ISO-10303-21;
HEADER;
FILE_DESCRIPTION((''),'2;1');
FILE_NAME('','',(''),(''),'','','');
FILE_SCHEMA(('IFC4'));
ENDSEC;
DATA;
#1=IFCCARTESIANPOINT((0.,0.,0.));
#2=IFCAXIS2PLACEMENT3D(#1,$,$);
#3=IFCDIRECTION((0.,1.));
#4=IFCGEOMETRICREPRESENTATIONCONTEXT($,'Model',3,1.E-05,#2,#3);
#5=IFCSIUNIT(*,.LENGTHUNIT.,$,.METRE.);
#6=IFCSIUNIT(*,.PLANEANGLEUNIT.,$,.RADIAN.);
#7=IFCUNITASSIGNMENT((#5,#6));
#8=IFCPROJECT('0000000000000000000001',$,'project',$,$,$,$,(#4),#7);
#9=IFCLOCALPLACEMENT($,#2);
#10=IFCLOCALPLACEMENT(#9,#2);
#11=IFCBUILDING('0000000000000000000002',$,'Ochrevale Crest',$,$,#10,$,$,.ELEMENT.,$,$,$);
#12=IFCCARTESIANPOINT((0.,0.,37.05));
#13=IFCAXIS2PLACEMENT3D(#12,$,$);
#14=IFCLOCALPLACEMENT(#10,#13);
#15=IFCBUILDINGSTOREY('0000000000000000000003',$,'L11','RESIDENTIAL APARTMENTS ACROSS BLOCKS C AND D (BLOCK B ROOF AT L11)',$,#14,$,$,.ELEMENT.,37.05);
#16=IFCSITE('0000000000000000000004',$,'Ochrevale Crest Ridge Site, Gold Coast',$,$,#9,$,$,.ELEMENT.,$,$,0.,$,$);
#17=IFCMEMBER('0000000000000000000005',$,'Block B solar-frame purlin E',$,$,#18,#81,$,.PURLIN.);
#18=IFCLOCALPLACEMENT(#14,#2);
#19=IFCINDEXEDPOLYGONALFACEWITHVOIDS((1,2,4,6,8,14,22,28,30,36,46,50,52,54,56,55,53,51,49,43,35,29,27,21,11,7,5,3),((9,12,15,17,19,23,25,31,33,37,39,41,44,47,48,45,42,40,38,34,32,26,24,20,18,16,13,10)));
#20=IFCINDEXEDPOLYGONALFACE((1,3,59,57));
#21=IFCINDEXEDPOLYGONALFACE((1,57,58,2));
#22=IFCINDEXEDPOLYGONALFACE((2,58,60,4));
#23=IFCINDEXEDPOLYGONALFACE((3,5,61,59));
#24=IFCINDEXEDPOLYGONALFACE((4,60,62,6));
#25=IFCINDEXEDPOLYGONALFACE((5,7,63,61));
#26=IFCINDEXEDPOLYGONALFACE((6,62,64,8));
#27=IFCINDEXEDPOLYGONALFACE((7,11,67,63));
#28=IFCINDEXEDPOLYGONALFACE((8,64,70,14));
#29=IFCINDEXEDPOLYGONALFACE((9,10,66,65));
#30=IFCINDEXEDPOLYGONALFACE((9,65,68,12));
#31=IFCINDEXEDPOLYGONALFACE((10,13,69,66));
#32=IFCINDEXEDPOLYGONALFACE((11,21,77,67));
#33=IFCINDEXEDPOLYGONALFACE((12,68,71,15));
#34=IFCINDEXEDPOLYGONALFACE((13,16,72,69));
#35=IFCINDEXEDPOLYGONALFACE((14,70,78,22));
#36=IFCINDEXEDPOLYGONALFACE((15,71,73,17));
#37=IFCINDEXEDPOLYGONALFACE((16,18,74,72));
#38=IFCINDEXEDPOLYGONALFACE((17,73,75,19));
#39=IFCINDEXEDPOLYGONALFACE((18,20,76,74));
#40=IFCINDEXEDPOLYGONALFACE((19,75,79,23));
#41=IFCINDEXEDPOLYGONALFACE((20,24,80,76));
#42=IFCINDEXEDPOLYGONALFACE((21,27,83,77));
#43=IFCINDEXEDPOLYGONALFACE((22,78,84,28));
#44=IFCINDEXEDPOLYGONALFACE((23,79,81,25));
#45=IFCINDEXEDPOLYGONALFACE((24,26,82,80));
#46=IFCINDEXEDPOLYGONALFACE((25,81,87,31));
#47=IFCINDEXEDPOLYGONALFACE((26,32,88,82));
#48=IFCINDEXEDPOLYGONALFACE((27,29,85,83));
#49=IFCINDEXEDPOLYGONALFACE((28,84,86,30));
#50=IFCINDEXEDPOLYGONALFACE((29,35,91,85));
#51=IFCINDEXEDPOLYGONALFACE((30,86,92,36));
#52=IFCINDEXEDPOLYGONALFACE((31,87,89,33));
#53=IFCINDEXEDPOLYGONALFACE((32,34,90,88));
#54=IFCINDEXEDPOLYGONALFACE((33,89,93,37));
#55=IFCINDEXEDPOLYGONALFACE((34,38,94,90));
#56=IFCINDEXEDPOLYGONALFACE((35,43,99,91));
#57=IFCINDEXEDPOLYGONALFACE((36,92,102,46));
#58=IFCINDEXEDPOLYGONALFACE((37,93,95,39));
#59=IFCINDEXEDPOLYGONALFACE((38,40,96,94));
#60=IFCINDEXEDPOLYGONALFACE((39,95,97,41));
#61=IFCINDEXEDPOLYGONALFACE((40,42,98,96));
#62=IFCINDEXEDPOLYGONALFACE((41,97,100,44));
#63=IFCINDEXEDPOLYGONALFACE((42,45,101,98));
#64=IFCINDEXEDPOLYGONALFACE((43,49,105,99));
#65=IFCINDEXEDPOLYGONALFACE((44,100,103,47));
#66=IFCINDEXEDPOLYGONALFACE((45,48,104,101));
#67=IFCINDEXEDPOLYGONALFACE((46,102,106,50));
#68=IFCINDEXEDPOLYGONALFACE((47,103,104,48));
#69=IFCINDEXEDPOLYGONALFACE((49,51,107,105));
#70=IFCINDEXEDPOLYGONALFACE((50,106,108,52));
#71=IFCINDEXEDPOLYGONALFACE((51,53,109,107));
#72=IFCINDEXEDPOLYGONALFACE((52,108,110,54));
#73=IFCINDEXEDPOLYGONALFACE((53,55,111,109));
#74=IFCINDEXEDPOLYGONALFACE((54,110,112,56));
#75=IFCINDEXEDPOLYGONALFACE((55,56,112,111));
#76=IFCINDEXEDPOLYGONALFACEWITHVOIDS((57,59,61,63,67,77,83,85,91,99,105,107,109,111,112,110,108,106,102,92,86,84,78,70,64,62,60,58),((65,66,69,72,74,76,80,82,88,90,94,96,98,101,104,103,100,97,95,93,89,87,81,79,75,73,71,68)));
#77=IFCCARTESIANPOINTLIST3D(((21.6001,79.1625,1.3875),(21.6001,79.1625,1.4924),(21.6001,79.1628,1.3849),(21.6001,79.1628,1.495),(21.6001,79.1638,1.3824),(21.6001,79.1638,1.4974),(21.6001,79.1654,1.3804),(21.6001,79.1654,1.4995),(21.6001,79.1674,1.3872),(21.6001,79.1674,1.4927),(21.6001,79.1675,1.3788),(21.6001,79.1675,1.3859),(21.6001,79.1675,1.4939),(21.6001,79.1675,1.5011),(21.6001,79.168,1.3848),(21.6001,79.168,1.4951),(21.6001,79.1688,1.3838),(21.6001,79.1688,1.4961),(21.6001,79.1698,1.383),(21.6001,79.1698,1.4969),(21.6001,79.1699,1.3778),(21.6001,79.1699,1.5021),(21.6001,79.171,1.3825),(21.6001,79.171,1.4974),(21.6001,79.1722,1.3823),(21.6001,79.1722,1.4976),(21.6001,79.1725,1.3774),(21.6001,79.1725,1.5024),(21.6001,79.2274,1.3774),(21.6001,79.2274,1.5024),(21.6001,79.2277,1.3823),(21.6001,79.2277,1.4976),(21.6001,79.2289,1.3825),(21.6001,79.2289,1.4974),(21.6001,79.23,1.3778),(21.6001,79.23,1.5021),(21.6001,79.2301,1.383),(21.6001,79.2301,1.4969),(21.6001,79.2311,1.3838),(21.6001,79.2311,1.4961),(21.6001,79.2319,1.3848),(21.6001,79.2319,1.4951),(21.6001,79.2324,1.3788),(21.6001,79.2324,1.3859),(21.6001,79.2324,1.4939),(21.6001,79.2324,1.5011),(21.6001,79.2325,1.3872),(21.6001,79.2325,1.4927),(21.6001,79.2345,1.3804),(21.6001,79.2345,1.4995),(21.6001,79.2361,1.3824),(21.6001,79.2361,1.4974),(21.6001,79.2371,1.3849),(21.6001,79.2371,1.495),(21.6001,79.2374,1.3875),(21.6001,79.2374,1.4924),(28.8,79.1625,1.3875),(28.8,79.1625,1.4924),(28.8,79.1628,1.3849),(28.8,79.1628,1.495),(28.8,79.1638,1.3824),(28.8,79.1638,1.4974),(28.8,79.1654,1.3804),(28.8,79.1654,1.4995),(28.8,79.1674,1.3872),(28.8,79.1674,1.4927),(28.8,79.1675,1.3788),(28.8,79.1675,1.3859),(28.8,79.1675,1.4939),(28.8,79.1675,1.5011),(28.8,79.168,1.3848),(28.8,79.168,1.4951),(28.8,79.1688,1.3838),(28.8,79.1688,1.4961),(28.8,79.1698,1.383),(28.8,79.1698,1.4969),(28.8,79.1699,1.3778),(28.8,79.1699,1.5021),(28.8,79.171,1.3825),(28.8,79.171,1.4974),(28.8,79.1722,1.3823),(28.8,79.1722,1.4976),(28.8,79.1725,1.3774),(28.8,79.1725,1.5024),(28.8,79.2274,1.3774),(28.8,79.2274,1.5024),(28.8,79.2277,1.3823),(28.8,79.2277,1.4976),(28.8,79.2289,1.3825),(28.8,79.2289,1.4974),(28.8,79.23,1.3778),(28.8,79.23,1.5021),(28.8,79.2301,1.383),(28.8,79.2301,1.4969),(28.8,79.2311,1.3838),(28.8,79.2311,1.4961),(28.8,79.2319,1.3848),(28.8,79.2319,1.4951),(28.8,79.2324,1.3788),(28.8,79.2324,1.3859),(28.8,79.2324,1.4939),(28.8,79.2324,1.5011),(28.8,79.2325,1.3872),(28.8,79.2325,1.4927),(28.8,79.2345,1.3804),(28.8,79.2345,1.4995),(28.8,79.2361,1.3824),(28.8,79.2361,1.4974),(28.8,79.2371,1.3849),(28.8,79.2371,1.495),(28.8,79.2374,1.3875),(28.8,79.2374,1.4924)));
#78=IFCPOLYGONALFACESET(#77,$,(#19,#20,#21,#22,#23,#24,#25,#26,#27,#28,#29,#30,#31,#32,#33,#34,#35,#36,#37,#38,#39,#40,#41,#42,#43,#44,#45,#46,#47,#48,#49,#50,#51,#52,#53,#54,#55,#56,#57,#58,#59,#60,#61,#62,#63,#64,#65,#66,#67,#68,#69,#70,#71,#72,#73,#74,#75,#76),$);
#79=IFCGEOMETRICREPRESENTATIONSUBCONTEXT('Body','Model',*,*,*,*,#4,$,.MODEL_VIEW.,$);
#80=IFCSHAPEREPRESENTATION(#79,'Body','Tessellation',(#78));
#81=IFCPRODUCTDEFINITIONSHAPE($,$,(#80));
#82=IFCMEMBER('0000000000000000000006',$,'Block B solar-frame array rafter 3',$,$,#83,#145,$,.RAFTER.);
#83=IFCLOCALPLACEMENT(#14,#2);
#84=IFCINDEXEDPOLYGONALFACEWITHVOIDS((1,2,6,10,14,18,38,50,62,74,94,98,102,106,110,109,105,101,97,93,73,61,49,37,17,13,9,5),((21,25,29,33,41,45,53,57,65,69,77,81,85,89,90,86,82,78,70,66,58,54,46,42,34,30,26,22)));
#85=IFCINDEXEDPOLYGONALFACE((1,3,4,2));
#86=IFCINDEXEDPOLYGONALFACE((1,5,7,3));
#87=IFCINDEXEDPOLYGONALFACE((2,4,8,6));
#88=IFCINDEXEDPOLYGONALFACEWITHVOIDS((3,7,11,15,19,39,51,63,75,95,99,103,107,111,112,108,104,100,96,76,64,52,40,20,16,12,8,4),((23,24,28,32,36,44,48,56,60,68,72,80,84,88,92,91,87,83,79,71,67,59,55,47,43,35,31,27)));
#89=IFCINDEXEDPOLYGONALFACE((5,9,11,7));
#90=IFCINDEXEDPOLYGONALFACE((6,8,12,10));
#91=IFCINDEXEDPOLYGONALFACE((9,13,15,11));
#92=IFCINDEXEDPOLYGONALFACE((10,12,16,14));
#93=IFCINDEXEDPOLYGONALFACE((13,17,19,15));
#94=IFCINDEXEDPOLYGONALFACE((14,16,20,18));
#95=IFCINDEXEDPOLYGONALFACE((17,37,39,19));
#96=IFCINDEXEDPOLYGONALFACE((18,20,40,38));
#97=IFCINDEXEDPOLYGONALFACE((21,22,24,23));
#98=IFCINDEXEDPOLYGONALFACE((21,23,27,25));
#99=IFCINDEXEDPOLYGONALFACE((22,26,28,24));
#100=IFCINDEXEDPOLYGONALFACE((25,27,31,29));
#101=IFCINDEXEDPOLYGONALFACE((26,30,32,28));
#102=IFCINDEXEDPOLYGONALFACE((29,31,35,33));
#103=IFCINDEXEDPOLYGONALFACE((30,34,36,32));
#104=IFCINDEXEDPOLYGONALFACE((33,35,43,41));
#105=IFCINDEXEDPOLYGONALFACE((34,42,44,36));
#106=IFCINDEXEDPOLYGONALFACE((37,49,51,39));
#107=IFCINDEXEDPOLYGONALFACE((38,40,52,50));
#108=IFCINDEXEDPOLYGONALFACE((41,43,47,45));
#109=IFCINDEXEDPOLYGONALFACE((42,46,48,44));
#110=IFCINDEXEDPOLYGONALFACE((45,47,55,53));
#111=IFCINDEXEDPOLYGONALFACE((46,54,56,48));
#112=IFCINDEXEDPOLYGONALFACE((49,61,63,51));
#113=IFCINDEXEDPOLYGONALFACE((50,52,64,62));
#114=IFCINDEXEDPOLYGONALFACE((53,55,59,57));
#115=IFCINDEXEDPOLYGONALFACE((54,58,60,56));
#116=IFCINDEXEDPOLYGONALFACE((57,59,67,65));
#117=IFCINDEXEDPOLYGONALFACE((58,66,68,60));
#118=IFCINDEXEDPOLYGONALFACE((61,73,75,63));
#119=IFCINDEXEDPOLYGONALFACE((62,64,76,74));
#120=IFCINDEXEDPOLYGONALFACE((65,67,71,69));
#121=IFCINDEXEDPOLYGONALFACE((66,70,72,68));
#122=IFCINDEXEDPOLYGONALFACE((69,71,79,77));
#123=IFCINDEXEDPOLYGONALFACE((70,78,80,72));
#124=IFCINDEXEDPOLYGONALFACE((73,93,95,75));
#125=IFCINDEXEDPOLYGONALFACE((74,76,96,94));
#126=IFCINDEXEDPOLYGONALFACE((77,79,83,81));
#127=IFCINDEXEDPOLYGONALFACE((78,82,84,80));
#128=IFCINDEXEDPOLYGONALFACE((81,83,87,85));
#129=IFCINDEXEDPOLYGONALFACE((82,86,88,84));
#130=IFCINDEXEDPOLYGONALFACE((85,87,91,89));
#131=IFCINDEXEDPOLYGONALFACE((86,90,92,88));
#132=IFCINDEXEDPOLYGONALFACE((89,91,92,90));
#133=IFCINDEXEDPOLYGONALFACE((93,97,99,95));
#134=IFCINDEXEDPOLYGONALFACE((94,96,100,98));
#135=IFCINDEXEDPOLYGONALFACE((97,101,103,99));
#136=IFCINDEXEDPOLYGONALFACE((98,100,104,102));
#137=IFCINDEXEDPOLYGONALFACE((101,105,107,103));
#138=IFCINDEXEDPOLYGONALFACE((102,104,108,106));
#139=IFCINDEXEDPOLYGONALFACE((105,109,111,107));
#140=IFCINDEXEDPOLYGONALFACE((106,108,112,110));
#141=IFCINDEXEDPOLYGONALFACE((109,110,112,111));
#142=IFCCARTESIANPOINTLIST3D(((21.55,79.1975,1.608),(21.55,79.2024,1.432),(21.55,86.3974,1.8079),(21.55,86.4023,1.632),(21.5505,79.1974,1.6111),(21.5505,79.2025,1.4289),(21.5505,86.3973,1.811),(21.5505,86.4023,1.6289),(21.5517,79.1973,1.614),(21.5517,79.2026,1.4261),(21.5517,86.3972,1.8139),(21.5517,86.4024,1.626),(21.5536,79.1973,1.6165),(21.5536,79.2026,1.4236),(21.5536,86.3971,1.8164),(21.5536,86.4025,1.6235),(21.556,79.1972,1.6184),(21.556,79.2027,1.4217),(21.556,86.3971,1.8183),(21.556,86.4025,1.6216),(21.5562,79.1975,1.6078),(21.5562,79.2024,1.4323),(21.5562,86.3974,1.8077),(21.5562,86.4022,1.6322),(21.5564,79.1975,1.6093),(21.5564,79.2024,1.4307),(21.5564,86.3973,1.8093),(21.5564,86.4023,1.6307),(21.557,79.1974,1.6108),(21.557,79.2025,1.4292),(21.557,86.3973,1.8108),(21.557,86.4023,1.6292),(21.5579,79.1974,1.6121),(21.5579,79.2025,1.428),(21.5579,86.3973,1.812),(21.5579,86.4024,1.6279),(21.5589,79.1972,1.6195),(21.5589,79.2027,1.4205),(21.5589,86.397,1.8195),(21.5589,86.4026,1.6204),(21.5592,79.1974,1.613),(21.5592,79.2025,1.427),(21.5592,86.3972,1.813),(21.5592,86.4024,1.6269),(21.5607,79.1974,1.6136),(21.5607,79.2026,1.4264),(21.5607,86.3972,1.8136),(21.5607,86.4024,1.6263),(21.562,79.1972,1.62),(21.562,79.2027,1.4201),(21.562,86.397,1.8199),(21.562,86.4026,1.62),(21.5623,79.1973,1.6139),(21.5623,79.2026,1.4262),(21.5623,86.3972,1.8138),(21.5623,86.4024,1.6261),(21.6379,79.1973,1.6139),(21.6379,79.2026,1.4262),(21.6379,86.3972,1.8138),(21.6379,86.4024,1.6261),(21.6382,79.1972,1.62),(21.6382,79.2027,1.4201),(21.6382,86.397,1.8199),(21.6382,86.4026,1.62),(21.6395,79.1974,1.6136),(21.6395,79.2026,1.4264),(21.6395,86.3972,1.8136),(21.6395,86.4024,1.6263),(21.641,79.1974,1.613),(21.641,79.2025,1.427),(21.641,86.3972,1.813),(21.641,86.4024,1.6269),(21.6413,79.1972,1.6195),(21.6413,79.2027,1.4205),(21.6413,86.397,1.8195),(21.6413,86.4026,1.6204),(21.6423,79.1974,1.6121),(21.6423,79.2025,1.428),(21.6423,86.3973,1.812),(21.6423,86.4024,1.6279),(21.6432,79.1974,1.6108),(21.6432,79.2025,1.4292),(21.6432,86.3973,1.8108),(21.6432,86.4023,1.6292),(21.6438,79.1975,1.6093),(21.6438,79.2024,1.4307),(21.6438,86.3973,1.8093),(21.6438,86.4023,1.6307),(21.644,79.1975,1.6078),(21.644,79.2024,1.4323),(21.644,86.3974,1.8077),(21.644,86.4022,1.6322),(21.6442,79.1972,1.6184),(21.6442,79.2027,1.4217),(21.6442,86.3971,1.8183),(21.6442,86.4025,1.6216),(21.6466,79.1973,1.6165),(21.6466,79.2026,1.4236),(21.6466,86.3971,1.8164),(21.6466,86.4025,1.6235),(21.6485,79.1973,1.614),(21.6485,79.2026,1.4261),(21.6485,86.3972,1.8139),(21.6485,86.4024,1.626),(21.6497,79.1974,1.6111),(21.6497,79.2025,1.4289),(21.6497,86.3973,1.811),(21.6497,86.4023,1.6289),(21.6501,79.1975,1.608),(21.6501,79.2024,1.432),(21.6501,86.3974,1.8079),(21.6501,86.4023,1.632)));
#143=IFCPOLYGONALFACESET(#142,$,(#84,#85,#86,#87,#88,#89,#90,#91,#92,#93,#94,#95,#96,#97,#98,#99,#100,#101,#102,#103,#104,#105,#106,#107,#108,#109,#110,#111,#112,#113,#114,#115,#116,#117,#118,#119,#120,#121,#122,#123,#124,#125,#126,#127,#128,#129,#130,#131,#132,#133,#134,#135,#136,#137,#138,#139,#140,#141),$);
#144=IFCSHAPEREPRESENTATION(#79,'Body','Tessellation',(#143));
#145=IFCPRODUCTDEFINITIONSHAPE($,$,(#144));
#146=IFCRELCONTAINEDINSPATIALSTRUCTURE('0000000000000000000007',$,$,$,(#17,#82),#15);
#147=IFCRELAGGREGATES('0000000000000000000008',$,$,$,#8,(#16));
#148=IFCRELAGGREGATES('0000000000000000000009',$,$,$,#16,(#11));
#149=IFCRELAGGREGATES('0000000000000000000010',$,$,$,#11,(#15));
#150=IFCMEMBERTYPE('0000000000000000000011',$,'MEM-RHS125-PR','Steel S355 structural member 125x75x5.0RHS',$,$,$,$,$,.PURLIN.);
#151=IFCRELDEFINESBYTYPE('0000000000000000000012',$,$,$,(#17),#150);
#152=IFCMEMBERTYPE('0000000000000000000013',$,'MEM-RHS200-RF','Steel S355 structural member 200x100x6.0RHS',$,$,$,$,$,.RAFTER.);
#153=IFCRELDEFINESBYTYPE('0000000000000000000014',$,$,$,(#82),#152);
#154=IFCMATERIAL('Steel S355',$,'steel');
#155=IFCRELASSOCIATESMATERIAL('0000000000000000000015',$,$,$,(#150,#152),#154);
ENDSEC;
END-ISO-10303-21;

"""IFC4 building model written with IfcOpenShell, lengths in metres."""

from ifc_helpers import new_model, si_unit, direction, frame, origin, origin_2d, place, context, subcontext, project, spatial, hollow_rectangle, extrude, material, material_profile, profile_set, type_object, element, save


model = new_model("IFC4")

# Units and contexts
model_context = context("Model", 3, precision=1e-05, world=origin(), true_north=direction((0.0, 1.0)))
body_context = subcontext(model_context, "Body", "Model", "MODEL_VIEW")
ifc_project = project(units=[si_unit("LENGTHUNIT", "METRE"), si_unit("PLANEANGLEUNIT", "RADIAN")], contexts=[model_context])

# Site, building, storey
site_placement = place(None, origin())
site = spatial("IfcSite", under=ifc_project, at=site_placement, Name="Ochrevale Crest Ridge Site, Gold Coast", CompositionType="ELEMENT", RefElevation=0.0)
building_placement = place(site_placement, origin())
building = spatial("IfcBuilding", under=site, at=building_placement, Name="Ochrevale Crest", CompositionType="ELEMENT")
storey_placement = place(building_placement, frame((0.0, 0.0, 37.05)))
storey = spatial("IfcBuildingStorey", under=building, at=storey_placement, Name="L11", Description="RESIDENTIAL APARTMENTS ACROSS BLOCKS C AND D (BLOCK B ROOF AT L11)", CompositionType="ELEMENT", Elevation=37.05)

# Shared definitions
ifc_material_1 = material(Name="Steel S355", Category="steel")

# Members
ifc_material_profile_1 = material_profile(ifc_material_1, hollow_rectangle(XDim=0.075, YDim=0.125, WallThickness=0.0049, InnerFilletRadius=0.0049, OuterFilletRadius=0.01, at=origin_2d()), Name="125x75x5.0RHS")
ifc_profile_set_1 = profile_set([ifc_material_profile_1], Name="Steel S355")
member_type_1 = type_object("IfcMemberType", Name="MEM-RHS125-PR", Description="Steel S355 structural member 125x75x5.0RHS", PredefinedType="PURLIN", material=ifc_profile_set_1)
member_1_placement = place(storey_placement, frame((21.6001, 79.2, 1.4399), z_axis=(1.0, 0.0, 0.0), x_axis=(0.0, 1.0, 0.0)))
element("IfcMember", 1, at=member_1_placement, inside=storey, type_object=member_type_1, Name="Block B solar-frame purlin E", PredefinedType="PURLIN", context=body_context, shape_type="SweptSolid", body=[
    extrude(hollow_rectangle(XDim=0.075, YDim=0.125, WallThickness=0.0049, InnerFilletRadius=0.0049, OuterFilletRadius=0.01, at=origin_2d()), origin(), (0.0, 0.0, 1.0), 7.2),
])
ifc_material_profile_2 = material_profile(ifc_material_1, hollow_rectangle(XDim=0.1001, YDim=0.2, WallThickness=0.0061, InnerFilletRadius=0.0061, OuterFilletRadius=0.012, at=origin_2d()), Name="200x100x6.0RHS")
ifc_profile_set_2 = profile_set([ifc_material_profile_2], Name="Steel S355")
member_type_2 = type_object("IfcMemberType", Name="MEM-RHS200-RF", Description="Steel S355 structural member 200x100x6.0RHS", PredefinedType="RAFTER", material=ifc_profile_set_2)
member_2_placement = place(storey_placement, frame((21.6001, 79.2, 1.52), z_axis=(0.0, 0.999615, 0.02776), x_axis=(-1.0, 0.0, 0.0)))
element("IfcMember", 2, at=member_2_placement, inside=storey, type_object=member_type_2, Name="Block B solar-frame array rafter 3", PredefinedType="RAFTER", context=body_context, shape_type="SweptSolid", body=[
    extrude(hollow_rectangle(XDim=0.1001, YDim=0.2, WallThickness=0.0061, InnerFilletRadius=0.0061, OuterFilletRadius=0.012, at=origin_2d()), origin(), (0.0, 0.0, 1.0), 7.2026),
])

save(model, "model.ifc")
